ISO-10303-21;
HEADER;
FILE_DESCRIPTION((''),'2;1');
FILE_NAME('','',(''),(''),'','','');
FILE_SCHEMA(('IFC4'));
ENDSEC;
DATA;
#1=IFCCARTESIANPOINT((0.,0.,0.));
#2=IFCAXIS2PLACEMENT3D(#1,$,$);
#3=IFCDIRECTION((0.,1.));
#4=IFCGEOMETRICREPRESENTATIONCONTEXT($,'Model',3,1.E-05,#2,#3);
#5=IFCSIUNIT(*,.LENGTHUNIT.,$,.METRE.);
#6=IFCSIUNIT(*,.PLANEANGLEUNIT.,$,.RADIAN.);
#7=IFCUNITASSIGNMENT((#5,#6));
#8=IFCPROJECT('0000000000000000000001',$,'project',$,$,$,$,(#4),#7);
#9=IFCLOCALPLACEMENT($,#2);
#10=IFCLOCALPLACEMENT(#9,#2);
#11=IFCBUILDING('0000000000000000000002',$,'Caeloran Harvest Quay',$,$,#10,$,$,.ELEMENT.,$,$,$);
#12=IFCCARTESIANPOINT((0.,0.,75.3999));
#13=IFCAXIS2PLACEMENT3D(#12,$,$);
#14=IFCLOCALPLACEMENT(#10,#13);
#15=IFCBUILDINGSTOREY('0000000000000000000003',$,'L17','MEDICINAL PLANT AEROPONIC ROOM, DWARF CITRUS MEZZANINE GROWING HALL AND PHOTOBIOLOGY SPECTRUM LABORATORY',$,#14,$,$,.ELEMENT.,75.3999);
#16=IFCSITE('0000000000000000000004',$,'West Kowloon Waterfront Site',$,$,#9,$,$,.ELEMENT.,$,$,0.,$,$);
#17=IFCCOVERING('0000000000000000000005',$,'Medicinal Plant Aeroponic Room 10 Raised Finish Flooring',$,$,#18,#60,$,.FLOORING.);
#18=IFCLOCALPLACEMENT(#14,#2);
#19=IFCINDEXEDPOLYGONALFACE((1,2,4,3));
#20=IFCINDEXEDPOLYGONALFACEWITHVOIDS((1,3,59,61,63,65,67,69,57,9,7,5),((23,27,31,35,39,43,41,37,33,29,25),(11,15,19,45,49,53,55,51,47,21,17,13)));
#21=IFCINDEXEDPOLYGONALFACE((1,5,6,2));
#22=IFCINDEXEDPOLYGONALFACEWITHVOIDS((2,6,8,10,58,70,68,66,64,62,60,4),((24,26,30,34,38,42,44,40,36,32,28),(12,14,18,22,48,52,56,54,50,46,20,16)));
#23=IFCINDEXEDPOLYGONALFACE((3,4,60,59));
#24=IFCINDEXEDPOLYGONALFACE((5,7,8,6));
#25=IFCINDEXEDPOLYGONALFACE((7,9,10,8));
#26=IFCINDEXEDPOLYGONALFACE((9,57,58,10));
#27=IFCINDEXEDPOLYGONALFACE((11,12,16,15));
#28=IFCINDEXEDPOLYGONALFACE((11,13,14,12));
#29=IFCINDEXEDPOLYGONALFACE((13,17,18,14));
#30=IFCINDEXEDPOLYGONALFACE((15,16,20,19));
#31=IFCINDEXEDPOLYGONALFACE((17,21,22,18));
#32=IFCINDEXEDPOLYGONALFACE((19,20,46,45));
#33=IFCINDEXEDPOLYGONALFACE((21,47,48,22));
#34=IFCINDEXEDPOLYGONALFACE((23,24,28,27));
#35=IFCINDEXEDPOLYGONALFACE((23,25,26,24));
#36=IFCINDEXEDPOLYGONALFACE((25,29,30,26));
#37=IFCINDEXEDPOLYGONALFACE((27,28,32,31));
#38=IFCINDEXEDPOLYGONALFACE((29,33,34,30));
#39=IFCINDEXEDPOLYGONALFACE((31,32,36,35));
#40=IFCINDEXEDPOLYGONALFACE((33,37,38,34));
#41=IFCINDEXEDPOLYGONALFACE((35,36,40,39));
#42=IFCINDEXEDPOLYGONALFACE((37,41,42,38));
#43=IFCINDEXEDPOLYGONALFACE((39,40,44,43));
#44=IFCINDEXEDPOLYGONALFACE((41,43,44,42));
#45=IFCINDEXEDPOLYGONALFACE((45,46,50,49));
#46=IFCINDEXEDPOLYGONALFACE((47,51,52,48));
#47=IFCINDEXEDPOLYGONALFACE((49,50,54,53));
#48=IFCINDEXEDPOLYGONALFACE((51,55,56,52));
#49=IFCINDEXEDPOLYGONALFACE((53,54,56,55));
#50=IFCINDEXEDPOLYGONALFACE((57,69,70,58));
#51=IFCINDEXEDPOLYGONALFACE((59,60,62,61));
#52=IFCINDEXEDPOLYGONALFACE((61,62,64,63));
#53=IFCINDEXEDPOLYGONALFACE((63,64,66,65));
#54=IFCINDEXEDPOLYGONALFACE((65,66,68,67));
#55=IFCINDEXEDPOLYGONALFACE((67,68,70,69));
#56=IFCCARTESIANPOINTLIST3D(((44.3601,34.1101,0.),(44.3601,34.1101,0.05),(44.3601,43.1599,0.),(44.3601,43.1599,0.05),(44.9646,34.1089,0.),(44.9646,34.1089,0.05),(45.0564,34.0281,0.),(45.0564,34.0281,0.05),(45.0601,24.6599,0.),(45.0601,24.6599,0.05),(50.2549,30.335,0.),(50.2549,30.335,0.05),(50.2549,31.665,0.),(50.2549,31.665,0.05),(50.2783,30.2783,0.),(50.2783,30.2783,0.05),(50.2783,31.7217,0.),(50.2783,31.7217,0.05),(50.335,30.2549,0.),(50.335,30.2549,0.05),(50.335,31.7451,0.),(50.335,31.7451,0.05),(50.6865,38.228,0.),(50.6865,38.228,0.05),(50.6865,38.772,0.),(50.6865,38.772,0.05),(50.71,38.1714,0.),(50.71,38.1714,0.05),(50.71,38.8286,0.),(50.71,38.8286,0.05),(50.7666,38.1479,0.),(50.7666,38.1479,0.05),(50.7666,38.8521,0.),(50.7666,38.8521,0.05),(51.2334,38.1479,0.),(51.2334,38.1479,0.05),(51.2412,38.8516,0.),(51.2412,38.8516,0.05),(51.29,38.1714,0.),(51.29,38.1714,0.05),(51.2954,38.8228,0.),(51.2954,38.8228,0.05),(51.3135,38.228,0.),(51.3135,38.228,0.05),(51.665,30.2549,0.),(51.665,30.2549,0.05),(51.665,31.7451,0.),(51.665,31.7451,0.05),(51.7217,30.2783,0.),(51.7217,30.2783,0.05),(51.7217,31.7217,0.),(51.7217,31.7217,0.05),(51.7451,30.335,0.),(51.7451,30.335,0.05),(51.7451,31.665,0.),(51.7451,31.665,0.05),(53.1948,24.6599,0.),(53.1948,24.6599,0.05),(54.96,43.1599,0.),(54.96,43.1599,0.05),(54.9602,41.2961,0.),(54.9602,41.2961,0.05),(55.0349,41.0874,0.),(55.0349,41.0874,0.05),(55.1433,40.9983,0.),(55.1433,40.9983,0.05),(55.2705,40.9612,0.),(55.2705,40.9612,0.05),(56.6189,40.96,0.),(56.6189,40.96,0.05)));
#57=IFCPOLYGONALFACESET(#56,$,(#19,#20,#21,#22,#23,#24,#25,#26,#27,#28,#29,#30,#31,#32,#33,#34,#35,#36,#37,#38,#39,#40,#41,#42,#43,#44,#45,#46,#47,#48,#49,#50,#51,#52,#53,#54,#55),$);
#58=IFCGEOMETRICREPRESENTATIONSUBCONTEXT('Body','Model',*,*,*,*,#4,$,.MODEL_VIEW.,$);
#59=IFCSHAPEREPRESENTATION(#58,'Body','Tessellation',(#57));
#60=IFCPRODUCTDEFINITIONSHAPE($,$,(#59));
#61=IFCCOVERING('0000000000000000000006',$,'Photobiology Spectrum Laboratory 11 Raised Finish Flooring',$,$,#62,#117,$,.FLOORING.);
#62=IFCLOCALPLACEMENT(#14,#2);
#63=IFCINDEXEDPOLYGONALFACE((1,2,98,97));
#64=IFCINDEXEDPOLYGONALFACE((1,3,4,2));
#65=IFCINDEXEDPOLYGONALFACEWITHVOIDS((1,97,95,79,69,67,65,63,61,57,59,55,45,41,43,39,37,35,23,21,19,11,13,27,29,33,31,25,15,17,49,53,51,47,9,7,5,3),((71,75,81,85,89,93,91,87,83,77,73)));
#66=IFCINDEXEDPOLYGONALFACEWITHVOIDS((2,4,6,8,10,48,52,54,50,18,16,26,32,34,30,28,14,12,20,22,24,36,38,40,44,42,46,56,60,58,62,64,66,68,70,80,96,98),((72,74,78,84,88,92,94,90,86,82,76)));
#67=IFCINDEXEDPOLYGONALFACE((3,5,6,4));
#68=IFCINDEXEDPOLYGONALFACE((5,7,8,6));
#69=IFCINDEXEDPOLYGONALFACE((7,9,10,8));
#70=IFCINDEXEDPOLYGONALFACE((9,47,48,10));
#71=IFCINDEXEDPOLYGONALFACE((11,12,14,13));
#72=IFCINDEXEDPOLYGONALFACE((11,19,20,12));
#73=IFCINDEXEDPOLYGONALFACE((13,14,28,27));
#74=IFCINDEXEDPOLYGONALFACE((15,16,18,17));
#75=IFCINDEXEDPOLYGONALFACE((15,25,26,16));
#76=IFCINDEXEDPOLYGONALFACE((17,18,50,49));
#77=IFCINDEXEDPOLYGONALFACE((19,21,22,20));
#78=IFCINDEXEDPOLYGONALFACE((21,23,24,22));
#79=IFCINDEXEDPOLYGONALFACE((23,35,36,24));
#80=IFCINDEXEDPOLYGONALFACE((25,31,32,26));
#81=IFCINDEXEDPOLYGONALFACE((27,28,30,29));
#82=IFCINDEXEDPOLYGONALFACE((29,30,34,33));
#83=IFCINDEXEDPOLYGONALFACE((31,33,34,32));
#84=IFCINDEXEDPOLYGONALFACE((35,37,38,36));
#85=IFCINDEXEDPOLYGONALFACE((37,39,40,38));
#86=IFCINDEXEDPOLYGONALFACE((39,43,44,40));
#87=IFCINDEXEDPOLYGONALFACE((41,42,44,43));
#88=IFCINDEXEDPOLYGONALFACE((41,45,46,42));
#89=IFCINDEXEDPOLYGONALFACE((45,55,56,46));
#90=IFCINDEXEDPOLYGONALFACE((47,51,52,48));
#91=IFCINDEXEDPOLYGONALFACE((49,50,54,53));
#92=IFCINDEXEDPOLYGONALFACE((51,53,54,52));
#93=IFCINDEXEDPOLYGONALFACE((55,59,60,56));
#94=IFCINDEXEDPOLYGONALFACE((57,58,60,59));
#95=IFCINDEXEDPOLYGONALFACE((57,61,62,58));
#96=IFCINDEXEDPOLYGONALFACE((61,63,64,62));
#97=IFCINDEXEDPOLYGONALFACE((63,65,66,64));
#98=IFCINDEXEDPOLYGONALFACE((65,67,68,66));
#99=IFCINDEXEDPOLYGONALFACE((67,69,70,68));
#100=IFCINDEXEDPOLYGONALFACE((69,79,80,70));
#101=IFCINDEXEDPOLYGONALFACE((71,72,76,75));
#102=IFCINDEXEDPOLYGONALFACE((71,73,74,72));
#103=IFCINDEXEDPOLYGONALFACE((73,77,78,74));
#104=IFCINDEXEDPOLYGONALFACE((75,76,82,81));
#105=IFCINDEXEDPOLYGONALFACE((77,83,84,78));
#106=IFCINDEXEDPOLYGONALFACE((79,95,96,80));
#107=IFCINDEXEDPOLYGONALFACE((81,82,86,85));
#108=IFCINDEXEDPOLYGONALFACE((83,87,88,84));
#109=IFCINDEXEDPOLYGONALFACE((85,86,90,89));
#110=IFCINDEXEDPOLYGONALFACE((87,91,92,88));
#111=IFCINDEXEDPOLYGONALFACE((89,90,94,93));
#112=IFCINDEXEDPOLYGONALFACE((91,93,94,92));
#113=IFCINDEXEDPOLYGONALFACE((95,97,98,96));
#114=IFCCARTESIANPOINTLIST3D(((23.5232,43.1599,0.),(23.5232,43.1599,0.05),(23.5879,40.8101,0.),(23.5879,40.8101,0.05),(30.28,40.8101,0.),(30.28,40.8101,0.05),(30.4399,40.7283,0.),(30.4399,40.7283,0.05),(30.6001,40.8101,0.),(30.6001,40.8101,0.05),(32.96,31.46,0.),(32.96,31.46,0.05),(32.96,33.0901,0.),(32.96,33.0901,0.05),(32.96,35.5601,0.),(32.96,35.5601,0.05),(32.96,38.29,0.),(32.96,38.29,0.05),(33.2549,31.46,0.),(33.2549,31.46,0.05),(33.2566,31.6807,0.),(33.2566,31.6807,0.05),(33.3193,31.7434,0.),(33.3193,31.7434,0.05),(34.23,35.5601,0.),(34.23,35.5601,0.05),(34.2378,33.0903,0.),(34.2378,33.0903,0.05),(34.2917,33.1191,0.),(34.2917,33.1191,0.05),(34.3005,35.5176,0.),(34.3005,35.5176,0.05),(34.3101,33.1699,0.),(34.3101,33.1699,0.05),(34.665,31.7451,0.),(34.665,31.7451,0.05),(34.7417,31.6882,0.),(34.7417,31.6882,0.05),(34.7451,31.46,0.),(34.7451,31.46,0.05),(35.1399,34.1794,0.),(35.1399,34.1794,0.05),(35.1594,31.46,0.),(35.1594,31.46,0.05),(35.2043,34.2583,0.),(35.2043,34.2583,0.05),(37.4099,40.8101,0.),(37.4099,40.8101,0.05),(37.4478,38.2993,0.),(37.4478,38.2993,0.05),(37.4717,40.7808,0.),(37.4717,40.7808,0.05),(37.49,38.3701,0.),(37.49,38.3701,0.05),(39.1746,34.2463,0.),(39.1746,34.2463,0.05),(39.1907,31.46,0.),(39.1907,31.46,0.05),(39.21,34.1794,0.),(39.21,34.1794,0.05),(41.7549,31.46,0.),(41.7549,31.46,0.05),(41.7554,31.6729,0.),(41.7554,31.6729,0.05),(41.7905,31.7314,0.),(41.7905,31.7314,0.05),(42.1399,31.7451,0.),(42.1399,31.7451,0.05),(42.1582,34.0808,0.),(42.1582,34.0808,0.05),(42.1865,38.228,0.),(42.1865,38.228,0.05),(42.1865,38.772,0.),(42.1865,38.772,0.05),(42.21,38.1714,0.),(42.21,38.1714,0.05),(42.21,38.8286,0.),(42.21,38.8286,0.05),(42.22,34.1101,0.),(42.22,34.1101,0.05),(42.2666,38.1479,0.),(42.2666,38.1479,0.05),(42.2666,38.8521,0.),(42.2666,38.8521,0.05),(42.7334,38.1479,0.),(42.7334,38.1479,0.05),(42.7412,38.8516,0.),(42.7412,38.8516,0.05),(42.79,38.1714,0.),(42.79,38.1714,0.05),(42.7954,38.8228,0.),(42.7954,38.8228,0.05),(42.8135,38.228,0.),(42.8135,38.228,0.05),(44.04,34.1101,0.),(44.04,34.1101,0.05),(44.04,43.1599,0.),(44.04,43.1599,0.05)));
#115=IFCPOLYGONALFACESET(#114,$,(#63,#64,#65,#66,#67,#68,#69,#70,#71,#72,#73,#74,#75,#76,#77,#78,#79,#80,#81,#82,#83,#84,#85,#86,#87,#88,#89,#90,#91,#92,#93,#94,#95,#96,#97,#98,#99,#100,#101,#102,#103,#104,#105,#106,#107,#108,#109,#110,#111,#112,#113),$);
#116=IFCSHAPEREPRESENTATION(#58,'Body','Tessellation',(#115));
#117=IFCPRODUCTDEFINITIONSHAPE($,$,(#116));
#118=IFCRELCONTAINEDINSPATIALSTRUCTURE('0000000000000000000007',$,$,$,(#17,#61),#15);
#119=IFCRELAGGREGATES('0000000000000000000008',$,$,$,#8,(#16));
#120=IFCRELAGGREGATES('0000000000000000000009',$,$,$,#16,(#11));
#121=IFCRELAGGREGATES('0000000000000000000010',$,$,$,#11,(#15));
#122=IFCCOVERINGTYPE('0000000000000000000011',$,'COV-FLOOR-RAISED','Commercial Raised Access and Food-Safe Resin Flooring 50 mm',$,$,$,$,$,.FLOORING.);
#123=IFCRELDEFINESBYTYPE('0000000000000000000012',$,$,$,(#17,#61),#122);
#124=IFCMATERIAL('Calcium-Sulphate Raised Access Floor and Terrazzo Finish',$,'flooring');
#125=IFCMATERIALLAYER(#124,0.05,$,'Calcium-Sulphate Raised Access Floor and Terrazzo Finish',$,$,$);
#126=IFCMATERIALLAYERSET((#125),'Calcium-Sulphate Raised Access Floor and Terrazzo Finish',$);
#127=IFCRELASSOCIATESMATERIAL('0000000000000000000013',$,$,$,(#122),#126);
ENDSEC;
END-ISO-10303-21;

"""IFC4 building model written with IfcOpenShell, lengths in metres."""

from ifc_helpers import new_model, si_unit, direction, frame, origin, place, context, subcontext, project, spatial, polyline, outline, extrude, material, layer, layer_set, type_object, element, save


model = new_model("IFC4")

# Units and contexts
model_context = context("Model", 3, precision=1e-05, world=origin(), true_north=direction((0.0, 1.0)))
body_context = subcontext(model_context, "Body", "Model", "MODEL_VIEW")
ifc_project = project(units=[si_unit("LENGTHUNIT", "METRE"), si_unit("PLANEANGLEUNIT", "RADIAN")], contexts=[model_context])

# Site, building, storey
site_placement = place(None, origin())
site = spatial("IfcSite", under=ifc_project, at=site_placement, Name="West Kowloon Waterfront Site", CompositionType="ELEMENT", RefElevation=0.0)
building_placement = place(site_placement, origin())
building = spatial("IfcBuilding", under=site, at=building_placement, Name="Caeloran Harvest Quay", CompositionType="ELEMENT")
storey_placement = place(building_placement, frame((0.0, 0.0, 75.3999)))
storey = spatial("IfcBuildingStorey", under=building, at=storey_placement, Name="L17", Description="MEDICINAL PLANT AEROPONIC ROOM, DWARF CITRUS MEZZANINE GROWING HALL AND PHOTOBIOLOGY SPECTRUM LABORATORY", CompositionType="ELEMENT", Elevation=75.3999)

# Coverings
ifc_material_1 = material(Name="Calcium-Sulphate Raised Access Floor and Terrazzo Finish", Category="flooring")
ifc_layer_1 = layer(ifc_material_1, 0.05, Name="Calcium-Sulphate Raised Access Floor and Terrazzo Finish")
ifc_layer_set_1 = layer_set([ifc_layer_1], Name="Calcium-Sulphate Raised Access Floor and Terrazzo Finish")
covering_type_1 = type_object("IfcCoveringType", Name="COV-FLOOR-RAISED", Description="Commercial Raised Access and Food-Safe Resin Flooring 50 mm", PredefinedType="FLOORING", material=ifc_layer_set_1)
covering_1_placement = place(storey_placement, origin())
element("IfcCovering", 1, at=covering_1_placement, inside=storey, type_object=covering_type_1, Name="Medicinal Plant Aeroponic Room 10 Raised Finish Flooring", PredefinedType="FLOORING", context=body_context, shape_type="SweptSolid", body=[
    extrude(outline(polyline([(45.0564, 34.0281), (44.9646, 34.1089), (44.3601, 34.1101), (44.3601, 43.1599), (54.96, 43.1599), (54.9602, 41.2961), (55.0349, 41.0874), (55.1433, 40.9983), (55.2705, 40.9612), (56.6189, 40.96), (53.1948, 24.6599), (45.0601, 24.6599), (45.0564, 34.0281)]), holes=[polyline([(51.7451, 31.665), (51.7217, 31.7217), (51.665, 31.7451), (50.335, 31.7451), (50.2783, 31.7217), (50.2549, 31.665), (50.2549, 30.335), (50.2783, 30.2783), (50.335, 30.2549), (51.665, 30.2549), (51.7217, 30.2783), (51.7451, 30.335), (51.7451, 31.665)]), polyline([(51.3135, 38.228), (51.2954, 38.8228), (51.2412, 38.8516), (50.7666, 38.8521), (50.71, 38.8286), (50.6865, 38.772), (50.6865, 38.228), (50.71, 38.1714), (50.7666, 38.1479), (51.2334, 38.1479), (51.29, 38.1714), (51.3135, 38.228)])]), origin(), (0.0, 0.0, 1.0), 0.05),
])
covering_2_placement = place(storey_placement, origin())
element("IfcCovering", 2, at=covering_2_placement, inside=storey, type_object=covering_type_1, Name="Photobiology Spectrum Laboratory 11 Raised Finish Flooring", PredefinedType="FLOORING", context=body_context, shape_type="SweptSolid", body=[
    extrude(outline(polyline([(44.04, 34.1101), (42.22, 34.1101), (42.1582, 34.0808), (42.1399, 31.7451), (41.7905, 31.7314), (41.7554, 31.6729), (41.7549, 31.46), (39.1907, 31.46), (39.21, 34.1794), (39.1746, 34.2463), (35.2043, 34.2583), (35.1399, 34.1794), (35.1594, 31.46), (34.7451, 31.46), (34.7417, 31.6882), (34.665, 31.7451), (33.3193, 31.7434), (33.2566, 31.6807), (33.2549, 31.46), (32.96, 31.46), (32.96, 33.0901), (34.2378, 33.0903), (34.2917, 33.1191), (34.3101, 33.1699), (34.3005, 35.5176), (34.23, 35.5601), (32.96, 35.5601), (32.96, 38.29), (37.4478, 38.2993), (37.49, 38.3701), (37.4717, 40.7808), (37.4099, 40.8101), (30.6001, 40.8101), (30.4399, 40.7283), (30.28, 40.8101), (23.5879, 40.8101), (23.5232, 43.1599), (44.04, 43.1599), (44.04, 34.1101)]), holes=[polyline([(42.8135, 38.228), (42.7954, 38.8228), (42.7412, 38.8516), (42.2666, 38.8521), (42.21, 38.8286), (42.1865, 38.772), (42.1865, 38.228), (42.21, 38.1714), (42.2666, 38.1479), (42.7334, 38.1479), (42.79, 38.1714), (42.8135, 38.228)])]), origin(), (0.0, 0.0, 1.0), 0.05),
])

save(model, "model.ifc")
